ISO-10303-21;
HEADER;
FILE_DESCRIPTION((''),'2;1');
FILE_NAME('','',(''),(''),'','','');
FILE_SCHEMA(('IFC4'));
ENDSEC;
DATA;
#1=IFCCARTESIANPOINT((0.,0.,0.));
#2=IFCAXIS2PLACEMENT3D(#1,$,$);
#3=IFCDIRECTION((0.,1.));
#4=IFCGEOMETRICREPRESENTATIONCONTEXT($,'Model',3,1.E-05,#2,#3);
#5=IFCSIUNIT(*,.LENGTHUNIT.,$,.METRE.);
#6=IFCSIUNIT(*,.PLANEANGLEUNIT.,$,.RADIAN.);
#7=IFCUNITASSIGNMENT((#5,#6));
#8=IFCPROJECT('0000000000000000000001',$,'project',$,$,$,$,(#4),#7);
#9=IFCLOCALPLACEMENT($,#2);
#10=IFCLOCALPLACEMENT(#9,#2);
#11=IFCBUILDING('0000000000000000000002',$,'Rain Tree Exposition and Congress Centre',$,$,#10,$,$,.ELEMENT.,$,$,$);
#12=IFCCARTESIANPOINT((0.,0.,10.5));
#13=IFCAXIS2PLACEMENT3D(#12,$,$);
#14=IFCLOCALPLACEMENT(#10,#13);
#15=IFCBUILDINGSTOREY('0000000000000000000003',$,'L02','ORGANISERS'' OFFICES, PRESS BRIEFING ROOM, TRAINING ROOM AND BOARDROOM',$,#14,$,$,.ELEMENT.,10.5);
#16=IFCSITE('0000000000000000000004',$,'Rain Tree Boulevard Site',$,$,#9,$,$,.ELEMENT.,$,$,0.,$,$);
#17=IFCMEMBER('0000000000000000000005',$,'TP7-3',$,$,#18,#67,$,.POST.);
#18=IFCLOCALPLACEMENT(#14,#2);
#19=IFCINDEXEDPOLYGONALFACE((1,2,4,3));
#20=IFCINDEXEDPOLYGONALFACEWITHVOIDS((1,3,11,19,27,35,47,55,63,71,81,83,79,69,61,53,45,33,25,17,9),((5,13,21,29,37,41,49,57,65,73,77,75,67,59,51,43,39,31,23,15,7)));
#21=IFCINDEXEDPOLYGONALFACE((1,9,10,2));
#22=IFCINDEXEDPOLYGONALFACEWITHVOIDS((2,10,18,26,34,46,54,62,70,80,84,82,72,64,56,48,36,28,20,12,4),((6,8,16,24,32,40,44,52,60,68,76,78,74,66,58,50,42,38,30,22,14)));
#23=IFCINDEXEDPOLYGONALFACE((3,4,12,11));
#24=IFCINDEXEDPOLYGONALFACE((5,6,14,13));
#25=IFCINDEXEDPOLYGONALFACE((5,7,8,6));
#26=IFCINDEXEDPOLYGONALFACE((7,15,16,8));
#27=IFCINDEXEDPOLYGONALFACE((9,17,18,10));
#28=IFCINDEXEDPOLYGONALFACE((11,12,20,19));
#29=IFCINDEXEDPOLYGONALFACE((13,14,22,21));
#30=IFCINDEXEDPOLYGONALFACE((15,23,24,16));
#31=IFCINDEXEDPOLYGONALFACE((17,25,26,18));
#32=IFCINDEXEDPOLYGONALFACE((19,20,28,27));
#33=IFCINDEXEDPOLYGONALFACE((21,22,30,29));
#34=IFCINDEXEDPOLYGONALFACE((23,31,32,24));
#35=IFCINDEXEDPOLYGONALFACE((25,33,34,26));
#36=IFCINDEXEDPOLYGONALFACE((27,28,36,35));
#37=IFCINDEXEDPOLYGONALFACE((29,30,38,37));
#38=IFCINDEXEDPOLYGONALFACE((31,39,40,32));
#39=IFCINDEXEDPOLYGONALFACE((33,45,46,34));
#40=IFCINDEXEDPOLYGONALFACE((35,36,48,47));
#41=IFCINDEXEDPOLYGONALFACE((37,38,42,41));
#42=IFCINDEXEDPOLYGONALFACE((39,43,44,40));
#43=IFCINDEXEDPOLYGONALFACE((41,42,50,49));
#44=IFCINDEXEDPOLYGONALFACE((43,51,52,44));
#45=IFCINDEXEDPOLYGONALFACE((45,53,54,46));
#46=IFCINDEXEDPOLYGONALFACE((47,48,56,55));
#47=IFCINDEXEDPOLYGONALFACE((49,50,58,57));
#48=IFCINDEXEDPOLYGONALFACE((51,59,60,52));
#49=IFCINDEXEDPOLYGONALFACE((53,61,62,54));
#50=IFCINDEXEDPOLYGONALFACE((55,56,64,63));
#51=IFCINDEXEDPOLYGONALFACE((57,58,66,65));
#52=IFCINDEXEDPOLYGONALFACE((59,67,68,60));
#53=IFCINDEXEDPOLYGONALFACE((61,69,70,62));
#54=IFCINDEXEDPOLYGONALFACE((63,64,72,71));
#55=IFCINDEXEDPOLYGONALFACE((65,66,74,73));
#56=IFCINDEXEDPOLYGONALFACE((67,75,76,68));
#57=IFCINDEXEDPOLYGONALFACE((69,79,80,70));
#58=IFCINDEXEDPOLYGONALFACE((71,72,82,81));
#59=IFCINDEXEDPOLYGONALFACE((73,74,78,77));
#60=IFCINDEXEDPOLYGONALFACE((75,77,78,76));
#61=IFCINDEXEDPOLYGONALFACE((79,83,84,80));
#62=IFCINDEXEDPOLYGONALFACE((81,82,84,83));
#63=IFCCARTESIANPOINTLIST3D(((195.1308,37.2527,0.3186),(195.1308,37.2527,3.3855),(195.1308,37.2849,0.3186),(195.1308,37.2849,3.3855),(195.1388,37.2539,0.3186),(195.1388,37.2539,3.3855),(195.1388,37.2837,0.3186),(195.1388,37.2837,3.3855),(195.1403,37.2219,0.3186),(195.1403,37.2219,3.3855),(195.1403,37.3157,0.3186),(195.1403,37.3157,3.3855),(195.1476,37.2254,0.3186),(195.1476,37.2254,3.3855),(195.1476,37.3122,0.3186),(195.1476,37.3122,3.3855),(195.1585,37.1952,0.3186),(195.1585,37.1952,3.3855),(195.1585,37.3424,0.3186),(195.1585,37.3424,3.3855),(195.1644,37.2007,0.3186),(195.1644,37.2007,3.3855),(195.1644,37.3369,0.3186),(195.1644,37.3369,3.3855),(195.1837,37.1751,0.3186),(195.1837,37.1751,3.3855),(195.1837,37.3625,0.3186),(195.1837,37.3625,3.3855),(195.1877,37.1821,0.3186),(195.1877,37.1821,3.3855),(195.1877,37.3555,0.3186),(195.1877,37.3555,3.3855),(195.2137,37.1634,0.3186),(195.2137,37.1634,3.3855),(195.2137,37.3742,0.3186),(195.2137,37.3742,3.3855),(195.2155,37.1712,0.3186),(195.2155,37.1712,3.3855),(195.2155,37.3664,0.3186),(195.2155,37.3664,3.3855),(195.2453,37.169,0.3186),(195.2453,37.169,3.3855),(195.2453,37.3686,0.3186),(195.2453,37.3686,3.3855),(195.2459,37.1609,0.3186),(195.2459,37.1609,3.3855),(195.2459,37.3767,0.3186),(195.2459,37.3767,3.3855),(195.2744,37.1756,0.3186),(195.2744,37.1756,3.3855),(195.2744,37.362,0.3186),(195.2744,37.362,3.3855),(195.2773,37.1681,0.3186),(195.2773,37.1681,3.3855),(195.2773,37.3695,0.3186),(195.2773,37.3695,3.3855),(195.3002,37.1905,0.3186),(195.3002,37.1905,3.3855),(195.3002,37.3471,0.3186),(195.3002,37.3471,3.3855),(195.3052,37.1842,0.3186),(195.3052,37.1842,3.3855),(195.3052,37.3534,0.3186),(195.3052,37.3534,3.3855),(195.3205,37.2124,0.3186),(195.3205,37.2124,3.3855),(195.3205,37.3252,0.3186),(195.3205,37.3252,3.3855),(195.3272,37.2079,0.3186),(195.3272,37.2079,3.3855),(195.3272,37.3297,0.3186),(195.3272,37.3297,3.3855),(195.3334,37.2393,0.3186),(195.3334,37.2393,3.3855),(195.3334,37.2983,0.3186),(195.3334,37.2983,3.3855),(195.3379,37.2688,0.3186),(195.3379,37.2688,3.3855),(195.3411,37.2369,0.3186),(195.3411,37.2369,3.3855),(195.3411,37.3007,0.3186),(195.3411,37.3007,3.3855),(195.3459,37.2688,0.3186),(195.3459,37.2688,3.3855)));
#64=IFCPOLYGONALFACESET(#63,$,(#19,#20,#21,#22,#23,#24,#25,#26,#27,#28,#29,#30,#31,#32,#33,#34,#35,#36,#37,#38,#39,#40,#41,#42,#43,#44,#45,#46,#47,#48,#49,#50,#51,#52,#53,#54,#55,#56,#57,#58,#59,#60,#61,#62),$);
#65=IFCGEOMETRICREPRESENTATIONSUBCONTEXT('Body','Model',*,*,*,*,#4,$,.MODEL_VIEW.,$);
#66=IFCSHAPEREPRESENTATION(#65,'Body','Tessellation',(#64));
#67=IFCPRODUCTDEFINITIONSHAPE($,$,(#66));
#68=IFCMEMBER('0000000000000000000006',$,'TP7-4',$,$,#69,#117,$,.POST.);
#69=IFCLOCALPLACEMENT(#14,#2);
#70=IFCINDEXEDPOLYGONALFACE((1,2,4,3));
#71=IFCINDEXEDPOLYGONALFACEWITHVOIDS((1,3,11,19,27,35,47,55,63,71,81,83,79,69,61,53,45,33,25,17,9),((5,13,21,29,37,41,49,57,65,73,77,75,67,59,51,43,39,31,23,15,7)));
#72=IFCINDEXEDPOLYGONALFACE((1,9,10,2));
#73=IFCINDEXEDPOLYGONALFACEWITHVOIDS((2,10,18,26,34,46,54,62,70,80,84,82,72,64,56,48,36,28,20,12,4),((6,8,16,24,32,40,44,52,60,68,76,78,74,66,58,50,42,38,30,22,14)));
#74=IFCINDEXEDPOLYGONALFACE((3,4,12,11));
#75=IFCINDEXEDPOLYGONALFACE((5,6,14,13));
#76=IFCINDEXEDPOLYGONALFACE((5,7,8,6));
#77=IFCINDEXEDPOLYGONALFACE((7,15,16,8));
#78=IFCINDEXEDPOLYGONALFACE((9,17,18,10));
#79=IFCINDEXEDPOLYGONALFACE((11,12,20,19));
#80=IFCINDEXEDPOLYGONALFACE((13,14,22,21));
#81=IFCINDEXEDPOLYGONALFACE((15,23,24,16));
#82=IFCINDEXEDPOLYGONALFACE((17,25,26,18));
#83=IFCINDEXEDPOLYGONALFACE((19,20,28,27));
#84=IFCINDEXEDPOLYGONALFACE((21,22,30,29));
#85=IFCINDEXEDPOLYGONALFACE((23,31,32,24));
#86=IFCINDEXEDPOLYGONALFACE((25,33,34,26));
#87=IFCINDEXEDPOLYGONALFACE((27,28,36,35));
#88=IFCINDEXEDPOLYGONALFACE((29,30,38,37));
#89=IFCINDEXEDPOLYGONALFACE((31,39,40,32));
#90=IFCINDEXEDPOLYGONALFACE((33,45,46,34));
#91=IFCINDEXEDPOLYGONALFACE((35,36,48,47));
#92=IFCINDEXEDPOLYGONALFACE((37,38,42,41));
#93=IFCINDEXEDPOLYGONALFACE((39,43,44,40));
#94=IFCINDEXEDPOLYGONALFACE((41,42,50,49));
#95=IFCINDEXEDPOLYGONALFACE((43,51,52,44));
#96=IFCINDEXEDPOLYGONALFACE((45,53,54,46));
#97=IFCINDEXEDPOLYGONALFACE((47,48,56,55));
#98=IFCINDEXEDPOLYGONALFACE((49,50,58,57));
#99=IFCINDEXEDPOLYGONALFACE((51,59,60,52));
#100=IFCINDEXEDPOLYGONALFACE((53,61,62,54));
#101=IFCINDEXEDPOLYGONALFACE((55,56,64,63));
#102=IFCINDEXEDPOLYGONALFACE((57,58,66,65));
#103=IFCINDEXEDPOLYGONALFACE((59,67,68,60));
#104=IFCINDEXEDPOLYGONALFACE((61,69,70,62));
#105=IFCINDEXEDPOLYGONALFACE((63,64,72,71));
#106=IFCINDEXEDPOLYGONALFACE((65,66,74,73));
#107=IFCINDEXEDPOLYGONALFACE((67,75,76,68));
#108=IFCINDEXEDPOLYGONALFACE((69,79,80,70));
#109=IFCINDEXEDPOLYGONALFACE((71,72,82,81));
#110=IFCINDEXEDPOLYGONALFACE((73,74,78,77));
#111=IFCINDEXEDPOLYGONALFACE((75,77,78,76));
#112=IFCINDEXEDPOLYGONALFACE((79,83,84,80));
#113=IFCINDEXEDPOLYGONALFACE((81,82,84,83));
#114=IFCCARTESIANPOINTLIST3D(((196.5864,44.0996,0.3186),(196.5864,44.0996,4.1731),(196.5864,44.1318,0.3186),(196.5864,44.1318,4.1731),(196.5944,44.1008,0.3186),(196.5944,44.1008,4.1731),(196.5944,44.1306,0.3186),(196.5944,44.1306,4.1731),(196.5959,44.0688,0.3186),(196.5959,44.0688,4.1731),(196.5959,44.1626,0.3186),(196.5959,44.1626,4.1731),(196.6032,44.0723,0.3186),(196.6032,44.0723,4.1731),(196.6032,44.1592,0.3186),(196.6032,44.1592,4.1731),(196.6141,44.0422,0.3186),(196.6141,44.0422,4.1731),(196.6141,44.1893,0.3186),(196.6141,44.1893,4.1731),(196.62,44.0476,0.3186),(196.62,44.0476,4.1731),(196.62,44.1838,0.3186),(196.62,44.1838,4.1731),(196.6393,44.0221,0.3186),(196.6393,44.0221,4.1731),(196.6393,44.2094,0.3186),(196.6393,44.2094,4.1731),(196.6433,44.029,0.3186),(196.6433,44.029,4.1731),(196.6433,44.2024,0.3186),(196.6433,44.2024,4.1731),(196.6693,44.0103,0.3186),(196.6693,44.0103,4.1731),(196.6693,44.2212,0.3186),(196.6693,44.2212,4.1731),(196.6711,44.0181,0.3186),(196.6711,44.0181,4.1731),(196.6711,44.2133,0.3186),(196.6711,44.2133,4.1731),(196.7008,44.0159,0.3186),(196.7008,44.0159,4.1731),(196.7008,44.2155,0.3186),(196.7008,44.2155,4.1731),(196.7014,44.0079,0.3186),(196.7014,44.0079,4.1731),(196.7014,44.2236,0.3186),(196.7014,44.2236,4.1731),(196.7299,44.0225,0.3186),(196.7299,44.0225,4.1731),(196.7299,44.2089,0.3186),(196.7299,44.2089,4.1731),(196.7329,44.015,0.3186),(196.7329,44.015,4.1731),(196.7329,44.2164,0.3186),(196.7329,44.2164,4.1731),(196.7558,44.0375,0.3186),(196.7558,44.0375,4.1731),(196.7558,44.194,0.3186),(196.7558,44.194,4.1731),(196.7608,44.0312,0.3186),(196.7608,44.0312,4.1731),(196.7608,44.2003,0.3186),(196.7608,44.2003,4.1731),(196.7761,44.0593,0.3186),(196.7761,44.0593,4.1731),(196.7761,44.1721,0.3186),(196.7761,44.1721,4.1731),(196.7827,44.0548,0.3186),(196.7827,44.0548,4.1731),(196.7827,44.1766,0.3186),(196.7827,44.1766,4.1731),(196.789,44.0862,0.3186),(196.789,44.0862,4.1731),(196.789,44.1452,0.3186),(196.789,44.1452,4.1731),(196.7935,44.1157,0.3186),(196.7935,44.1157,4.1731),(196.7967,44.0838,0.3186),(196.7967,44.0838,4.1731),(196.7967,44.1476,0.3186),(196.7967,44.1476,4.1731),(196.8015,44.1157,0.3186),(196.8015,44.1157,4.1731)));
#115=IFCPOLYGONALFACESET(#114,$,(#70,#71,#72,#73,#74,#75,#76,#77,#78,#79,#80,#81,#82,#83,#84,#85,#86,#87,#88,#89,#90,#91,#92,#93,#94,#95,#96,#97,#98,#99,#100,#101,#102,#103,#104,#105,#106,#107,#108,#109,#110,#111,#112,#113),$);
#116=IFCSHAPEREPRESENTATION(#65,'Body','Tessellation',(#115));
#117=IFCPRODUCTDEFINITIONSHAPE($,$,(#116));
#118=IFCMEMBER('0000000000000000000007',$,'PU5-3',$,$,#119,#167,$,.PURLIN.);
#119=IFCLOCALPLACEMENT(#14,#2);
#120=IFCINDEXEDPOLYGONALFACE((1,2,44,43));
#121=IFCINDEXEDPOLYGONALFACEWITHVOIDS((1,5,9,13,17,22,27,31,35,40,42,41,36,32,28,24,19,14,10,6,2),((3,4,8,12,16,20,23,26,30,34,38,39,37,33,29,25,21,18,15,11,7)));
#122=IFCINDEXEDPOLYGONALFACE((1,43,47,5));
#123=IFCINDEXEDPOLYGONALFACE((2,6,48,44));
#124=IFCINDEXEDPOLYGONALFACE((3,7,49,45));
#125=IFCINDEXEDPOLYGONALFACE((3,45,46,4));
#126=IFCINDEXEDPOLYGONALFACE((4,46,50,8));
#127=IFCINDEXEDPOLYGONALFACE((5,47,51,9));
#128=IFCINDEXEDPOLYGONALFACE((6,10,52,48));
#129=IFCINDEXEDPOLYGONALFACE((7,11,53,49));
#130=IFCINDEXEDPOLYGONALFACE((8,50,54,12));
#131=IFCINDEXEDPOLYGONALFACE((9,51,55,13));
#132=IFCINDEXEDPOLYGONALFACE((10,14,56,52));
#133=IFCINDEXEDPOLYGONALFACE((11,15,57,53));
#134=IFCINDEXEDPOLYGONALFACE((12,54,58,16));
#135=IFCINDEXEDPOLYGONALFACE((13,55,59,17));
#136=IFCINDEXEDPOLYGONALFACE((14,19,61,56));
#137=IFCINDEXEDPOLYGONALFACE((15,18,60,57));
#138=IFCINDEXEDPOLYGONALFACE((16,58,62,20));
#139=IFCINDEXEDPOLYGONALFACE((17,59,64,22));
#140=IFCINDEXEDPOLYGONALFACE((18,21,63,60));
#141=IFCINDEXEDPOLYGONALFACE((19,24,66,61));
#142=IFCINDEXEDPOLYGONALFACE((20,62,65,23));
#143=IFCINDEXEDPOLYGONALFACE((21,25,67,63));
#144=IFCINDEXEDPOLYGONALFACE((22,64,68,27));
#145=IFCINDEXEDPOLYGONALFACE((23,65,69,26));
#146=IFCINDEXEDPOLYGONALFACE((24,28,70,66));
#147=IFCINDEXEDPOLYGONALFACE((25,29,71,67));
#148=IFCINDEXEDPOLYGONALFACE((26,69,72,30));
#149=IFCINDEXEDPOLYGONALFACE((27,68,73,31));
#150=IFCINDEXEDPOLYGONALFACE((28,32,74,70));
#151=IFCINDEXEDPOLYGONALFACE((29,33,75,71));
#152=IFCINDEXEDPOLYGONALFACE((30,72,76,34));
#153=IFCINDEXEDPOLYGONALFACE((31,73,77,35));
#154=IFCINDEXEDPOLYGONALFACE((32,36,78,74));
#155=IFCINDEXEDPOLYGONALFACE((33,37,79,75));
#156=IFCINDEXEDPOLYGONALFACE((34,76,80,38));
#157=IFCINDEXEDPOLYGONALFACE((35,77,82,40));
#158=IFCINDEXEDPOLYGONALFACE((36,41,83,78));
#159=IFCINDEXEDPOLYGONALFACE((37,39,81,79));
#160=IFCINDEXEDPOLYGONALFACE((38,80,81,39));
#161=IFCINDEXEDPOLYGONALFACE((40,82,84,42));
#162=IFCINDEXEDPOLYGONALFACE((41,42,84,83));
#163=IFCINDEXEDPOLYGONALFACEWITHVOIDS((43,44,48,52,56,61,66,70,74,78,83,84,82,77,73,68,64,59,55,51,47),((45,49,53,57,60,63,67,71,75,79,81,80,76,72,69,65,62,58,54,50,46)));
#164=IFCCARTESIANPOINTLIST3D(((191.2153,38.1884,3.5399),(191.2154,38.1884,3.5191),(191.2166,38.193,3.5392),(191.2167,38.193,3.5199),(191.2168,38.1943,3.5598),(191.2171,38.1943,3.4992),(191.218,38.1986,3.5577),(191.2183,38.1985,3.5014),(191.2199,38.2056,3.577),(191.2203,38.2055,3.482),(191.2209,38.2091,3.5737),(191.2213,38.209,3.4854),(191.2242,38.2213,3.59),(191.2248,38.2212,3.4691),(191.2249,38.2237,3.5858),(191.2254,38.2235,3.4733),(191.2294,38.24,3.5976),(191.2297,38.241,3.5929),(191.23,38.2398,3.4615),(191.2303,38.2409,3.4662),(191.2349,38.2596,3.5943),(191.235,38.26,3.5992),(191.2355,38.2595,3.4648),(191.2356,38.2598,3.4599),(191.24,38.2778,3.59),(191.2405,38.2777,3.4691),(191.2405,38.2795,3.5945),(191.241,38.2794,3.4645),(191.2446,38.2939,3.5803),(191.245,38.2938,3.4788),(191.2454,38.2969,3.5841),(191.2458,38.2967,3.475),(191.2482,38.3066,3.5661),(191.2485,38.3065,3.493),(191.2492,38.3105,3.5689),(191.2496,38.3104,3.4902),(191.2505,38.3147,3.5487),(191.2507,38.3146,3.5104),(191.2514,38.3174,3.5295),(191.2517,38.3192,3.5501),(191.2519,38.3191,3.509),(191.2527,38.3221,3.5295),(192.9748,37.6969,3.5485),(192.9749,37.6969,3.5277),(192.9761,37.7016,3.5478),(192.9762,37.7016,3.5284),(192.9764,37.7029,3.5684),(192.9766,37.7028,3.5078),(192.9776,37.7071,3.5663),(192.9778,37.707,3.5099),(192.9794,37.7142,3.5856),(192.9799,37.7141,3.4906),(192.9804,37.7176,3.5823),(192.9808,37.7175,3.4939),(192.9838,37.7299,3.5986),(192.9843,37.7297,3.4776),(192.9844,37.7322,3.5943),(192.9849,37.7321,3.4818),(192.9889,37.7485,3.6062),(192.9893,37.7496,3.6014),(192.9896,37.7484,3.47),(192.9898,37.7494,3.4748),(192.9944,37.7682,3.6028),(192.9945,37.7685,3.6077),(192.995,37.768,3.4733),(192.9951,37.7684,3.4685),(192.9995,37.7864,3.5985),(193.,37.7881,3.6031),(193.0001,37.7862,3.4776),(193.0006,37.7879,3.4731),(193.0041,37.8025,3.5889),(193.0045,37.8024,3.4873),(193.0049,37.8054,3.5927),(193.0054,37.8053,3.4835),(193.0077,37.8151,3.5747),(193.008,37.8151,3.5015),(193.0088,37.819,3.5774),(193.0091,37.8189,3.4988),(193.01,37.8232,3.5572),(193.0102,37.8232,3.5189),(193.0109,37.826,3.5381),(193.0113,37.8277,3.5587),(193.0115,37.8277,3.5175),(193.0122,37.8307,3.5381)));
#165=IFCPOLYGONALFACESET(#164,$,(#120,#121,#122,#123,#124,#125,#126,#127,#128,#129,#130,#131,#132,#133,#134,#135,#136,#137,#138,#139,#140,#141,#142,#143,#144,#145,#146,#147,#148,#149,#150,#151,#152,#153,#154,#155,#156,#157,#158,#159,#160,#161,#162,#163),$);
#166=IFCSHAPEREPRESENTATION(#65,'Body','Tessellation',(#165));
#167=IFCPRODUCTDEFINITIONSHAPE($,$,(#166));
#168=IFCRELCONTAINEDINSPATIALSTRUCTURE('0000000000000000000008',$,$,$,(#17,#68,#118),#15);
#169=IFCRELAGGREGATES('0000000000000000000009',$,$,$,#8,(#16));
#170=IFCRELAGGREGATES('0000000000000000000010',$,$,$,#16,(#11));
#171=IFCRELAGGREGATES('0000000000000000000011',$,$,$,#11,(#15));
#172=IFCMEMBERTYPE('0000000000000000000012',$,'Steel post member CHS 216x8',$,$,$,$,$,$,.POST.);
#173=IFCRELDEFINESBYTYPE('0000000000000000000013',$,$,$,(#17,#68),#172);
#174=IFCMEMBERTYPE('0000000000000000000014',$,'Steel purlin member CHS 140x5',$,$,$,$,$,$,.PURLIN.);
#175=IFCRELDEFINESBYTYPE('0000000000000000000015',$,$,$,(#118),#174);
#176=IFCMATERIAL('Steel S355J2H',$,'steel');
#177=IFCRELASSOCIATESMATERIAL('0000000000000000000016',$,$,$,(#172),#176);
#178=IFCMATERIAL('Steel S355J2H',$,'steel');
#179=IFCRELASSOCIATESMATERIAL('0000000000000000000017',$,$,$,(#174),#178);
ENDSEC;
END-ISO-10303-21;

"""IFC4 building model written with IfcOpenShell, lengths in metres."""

from ifc_helpers import new_model, si_unit, direction, frame, origin, origin_2d, place, context, subcontext, project, spatial, hollow_circle, extrude, material, material_profile, profile_set, type_object, element, save


model = new_model("IFC4")

# Units and contexts
model_context = context("Model", 3, precision=1e-05, world=origin(), true_north=direction((0.0, 1.0)))
body_context = subcontext(model_context, "Body", "Model", "MODEL_VIEW")
ifc_project = project(units=[si_unit("LENGTHUNIT", "METRE"), si_unit("PLANEANGLEUNIT", "RADIAN")], contexts=[model_context])

# Site, building, storey
site_placement = place(None, origin())
site = spatial("IfcSite", under=ifc_project, at=site_placement, Name="Rain Tree Boulevard Site", CompositionType="ELEMENT", RefElevation=0.0)
building_placement = place(site_placement, origin())
building = spatial("IfcBuilding", under=site, at=building_placement, Name="Rain Tree Exposition and Congress Centre", CompositionType="ELEMENT")
storey_placement = place(building_placement, frame((0.0, 0.0, 10.5)))
storey = spatial("IfcBuildingStorey", under=building, at=storey_placement, Name="L02", Description="ORGANISERS' OFFICES, PRESS BRIEFING ROOM, TRAINING ROOM AND BOARDROOM", CompositionType="ELEMENT", Elevation=10.5)

# Members
ifc_material_1 = material(Name="Steel S355J2H", Category="steel")
ifc_material_profile_1 = material_profile(ifc_material_1, hollow_circle(Radius=0.1082, WallThickness=0.0081, at=origin_2d()), Name="CHS 216x8")
ifc_profile_set_1 = profile_set([ifc_material_profile_1], Name="Steel S355J2H")
member_type_1 = type_object("IfcMemberType", Name="Steel post member CHS 216x8", PredefinedType="POST", material=ifc_profile_set_1)
member_1_placement = place(storey_placement, frame((195.2378, 37.2688, 0.3186), z_axis=(0.0, 0.0, 1.0), x_axis=(1.0, 0.0, 0.0)))
element("IfcMember", 1, at=member_1_placement, inside=storey, type_object=member_type_1, Name="TP7-3", PredefinedType="POST", context=body_context, shape_type="SweptSolid", body=[
    extrude(hollow_circle(Radius=0.1082, WallThickness=0.0081, at=origin_2d()), origin(), (0.0, 0.0, 1.0), 3.0669),
])
member_2_placement = place(storey_placement, frame((196.6934, 44.1157, 0.3186), z_axis=(0.0, 0.0, 1.0), x_axis=(1.0, 0.0, 0.0)))
element("IfcMember", 2, at=member_2_placement, inside=storey, type_object=member_type_1, Name="TP7-4", PredefinedType="POST", context=body_context, shape_type="SweptSolid", body=[
    extrude(hollow_circle(Radius=0.1082, WallThickness=0.0081, at=origin_2d()), origin(), (0.0, 0.0, 1.0), 3.8545),
])
ifc_material_2 = material(Name="Steel S355J2H", Category="steel")
ifc_material_profile_2 = material_profile(ifc_material_2, hollow_circle(Radius=0.0698, WallThickness=0.0049, at=origin_2d()), Name="CHS 140x5")
ifc_profile_set_2 = profile_set([ifc_material_profile_2], Name="Steel S355J2H")
member_type_2 = type_object("IfcMemberType", Name="Steel purlin member CHS 140x5", PredefinedType="PURLIN", material=ifc_profile_set_2)
member_3_placement = place(storey_placement, frame((191.2339, 38.2549, 3.5295), z_axis=(0.963125, -0.269012, 0.004677), x_axis=(0.269015, 0.963136, 0.0)))
element("IfcMember", 3, at=member_3_placement, inside=storey, type_object=member_type_2, Name="PU5-3", PredefinedType="PURLIN", context=body_context, shape_type="SweptSolid", body=[
    extrude(hollow_circle(Radius=0.0698, WallThickness=0.0049, at=origin_2d()), origin(), (0.0, 0.0, 1.0), 1.8269),
])

save(model, "model.ifc")
